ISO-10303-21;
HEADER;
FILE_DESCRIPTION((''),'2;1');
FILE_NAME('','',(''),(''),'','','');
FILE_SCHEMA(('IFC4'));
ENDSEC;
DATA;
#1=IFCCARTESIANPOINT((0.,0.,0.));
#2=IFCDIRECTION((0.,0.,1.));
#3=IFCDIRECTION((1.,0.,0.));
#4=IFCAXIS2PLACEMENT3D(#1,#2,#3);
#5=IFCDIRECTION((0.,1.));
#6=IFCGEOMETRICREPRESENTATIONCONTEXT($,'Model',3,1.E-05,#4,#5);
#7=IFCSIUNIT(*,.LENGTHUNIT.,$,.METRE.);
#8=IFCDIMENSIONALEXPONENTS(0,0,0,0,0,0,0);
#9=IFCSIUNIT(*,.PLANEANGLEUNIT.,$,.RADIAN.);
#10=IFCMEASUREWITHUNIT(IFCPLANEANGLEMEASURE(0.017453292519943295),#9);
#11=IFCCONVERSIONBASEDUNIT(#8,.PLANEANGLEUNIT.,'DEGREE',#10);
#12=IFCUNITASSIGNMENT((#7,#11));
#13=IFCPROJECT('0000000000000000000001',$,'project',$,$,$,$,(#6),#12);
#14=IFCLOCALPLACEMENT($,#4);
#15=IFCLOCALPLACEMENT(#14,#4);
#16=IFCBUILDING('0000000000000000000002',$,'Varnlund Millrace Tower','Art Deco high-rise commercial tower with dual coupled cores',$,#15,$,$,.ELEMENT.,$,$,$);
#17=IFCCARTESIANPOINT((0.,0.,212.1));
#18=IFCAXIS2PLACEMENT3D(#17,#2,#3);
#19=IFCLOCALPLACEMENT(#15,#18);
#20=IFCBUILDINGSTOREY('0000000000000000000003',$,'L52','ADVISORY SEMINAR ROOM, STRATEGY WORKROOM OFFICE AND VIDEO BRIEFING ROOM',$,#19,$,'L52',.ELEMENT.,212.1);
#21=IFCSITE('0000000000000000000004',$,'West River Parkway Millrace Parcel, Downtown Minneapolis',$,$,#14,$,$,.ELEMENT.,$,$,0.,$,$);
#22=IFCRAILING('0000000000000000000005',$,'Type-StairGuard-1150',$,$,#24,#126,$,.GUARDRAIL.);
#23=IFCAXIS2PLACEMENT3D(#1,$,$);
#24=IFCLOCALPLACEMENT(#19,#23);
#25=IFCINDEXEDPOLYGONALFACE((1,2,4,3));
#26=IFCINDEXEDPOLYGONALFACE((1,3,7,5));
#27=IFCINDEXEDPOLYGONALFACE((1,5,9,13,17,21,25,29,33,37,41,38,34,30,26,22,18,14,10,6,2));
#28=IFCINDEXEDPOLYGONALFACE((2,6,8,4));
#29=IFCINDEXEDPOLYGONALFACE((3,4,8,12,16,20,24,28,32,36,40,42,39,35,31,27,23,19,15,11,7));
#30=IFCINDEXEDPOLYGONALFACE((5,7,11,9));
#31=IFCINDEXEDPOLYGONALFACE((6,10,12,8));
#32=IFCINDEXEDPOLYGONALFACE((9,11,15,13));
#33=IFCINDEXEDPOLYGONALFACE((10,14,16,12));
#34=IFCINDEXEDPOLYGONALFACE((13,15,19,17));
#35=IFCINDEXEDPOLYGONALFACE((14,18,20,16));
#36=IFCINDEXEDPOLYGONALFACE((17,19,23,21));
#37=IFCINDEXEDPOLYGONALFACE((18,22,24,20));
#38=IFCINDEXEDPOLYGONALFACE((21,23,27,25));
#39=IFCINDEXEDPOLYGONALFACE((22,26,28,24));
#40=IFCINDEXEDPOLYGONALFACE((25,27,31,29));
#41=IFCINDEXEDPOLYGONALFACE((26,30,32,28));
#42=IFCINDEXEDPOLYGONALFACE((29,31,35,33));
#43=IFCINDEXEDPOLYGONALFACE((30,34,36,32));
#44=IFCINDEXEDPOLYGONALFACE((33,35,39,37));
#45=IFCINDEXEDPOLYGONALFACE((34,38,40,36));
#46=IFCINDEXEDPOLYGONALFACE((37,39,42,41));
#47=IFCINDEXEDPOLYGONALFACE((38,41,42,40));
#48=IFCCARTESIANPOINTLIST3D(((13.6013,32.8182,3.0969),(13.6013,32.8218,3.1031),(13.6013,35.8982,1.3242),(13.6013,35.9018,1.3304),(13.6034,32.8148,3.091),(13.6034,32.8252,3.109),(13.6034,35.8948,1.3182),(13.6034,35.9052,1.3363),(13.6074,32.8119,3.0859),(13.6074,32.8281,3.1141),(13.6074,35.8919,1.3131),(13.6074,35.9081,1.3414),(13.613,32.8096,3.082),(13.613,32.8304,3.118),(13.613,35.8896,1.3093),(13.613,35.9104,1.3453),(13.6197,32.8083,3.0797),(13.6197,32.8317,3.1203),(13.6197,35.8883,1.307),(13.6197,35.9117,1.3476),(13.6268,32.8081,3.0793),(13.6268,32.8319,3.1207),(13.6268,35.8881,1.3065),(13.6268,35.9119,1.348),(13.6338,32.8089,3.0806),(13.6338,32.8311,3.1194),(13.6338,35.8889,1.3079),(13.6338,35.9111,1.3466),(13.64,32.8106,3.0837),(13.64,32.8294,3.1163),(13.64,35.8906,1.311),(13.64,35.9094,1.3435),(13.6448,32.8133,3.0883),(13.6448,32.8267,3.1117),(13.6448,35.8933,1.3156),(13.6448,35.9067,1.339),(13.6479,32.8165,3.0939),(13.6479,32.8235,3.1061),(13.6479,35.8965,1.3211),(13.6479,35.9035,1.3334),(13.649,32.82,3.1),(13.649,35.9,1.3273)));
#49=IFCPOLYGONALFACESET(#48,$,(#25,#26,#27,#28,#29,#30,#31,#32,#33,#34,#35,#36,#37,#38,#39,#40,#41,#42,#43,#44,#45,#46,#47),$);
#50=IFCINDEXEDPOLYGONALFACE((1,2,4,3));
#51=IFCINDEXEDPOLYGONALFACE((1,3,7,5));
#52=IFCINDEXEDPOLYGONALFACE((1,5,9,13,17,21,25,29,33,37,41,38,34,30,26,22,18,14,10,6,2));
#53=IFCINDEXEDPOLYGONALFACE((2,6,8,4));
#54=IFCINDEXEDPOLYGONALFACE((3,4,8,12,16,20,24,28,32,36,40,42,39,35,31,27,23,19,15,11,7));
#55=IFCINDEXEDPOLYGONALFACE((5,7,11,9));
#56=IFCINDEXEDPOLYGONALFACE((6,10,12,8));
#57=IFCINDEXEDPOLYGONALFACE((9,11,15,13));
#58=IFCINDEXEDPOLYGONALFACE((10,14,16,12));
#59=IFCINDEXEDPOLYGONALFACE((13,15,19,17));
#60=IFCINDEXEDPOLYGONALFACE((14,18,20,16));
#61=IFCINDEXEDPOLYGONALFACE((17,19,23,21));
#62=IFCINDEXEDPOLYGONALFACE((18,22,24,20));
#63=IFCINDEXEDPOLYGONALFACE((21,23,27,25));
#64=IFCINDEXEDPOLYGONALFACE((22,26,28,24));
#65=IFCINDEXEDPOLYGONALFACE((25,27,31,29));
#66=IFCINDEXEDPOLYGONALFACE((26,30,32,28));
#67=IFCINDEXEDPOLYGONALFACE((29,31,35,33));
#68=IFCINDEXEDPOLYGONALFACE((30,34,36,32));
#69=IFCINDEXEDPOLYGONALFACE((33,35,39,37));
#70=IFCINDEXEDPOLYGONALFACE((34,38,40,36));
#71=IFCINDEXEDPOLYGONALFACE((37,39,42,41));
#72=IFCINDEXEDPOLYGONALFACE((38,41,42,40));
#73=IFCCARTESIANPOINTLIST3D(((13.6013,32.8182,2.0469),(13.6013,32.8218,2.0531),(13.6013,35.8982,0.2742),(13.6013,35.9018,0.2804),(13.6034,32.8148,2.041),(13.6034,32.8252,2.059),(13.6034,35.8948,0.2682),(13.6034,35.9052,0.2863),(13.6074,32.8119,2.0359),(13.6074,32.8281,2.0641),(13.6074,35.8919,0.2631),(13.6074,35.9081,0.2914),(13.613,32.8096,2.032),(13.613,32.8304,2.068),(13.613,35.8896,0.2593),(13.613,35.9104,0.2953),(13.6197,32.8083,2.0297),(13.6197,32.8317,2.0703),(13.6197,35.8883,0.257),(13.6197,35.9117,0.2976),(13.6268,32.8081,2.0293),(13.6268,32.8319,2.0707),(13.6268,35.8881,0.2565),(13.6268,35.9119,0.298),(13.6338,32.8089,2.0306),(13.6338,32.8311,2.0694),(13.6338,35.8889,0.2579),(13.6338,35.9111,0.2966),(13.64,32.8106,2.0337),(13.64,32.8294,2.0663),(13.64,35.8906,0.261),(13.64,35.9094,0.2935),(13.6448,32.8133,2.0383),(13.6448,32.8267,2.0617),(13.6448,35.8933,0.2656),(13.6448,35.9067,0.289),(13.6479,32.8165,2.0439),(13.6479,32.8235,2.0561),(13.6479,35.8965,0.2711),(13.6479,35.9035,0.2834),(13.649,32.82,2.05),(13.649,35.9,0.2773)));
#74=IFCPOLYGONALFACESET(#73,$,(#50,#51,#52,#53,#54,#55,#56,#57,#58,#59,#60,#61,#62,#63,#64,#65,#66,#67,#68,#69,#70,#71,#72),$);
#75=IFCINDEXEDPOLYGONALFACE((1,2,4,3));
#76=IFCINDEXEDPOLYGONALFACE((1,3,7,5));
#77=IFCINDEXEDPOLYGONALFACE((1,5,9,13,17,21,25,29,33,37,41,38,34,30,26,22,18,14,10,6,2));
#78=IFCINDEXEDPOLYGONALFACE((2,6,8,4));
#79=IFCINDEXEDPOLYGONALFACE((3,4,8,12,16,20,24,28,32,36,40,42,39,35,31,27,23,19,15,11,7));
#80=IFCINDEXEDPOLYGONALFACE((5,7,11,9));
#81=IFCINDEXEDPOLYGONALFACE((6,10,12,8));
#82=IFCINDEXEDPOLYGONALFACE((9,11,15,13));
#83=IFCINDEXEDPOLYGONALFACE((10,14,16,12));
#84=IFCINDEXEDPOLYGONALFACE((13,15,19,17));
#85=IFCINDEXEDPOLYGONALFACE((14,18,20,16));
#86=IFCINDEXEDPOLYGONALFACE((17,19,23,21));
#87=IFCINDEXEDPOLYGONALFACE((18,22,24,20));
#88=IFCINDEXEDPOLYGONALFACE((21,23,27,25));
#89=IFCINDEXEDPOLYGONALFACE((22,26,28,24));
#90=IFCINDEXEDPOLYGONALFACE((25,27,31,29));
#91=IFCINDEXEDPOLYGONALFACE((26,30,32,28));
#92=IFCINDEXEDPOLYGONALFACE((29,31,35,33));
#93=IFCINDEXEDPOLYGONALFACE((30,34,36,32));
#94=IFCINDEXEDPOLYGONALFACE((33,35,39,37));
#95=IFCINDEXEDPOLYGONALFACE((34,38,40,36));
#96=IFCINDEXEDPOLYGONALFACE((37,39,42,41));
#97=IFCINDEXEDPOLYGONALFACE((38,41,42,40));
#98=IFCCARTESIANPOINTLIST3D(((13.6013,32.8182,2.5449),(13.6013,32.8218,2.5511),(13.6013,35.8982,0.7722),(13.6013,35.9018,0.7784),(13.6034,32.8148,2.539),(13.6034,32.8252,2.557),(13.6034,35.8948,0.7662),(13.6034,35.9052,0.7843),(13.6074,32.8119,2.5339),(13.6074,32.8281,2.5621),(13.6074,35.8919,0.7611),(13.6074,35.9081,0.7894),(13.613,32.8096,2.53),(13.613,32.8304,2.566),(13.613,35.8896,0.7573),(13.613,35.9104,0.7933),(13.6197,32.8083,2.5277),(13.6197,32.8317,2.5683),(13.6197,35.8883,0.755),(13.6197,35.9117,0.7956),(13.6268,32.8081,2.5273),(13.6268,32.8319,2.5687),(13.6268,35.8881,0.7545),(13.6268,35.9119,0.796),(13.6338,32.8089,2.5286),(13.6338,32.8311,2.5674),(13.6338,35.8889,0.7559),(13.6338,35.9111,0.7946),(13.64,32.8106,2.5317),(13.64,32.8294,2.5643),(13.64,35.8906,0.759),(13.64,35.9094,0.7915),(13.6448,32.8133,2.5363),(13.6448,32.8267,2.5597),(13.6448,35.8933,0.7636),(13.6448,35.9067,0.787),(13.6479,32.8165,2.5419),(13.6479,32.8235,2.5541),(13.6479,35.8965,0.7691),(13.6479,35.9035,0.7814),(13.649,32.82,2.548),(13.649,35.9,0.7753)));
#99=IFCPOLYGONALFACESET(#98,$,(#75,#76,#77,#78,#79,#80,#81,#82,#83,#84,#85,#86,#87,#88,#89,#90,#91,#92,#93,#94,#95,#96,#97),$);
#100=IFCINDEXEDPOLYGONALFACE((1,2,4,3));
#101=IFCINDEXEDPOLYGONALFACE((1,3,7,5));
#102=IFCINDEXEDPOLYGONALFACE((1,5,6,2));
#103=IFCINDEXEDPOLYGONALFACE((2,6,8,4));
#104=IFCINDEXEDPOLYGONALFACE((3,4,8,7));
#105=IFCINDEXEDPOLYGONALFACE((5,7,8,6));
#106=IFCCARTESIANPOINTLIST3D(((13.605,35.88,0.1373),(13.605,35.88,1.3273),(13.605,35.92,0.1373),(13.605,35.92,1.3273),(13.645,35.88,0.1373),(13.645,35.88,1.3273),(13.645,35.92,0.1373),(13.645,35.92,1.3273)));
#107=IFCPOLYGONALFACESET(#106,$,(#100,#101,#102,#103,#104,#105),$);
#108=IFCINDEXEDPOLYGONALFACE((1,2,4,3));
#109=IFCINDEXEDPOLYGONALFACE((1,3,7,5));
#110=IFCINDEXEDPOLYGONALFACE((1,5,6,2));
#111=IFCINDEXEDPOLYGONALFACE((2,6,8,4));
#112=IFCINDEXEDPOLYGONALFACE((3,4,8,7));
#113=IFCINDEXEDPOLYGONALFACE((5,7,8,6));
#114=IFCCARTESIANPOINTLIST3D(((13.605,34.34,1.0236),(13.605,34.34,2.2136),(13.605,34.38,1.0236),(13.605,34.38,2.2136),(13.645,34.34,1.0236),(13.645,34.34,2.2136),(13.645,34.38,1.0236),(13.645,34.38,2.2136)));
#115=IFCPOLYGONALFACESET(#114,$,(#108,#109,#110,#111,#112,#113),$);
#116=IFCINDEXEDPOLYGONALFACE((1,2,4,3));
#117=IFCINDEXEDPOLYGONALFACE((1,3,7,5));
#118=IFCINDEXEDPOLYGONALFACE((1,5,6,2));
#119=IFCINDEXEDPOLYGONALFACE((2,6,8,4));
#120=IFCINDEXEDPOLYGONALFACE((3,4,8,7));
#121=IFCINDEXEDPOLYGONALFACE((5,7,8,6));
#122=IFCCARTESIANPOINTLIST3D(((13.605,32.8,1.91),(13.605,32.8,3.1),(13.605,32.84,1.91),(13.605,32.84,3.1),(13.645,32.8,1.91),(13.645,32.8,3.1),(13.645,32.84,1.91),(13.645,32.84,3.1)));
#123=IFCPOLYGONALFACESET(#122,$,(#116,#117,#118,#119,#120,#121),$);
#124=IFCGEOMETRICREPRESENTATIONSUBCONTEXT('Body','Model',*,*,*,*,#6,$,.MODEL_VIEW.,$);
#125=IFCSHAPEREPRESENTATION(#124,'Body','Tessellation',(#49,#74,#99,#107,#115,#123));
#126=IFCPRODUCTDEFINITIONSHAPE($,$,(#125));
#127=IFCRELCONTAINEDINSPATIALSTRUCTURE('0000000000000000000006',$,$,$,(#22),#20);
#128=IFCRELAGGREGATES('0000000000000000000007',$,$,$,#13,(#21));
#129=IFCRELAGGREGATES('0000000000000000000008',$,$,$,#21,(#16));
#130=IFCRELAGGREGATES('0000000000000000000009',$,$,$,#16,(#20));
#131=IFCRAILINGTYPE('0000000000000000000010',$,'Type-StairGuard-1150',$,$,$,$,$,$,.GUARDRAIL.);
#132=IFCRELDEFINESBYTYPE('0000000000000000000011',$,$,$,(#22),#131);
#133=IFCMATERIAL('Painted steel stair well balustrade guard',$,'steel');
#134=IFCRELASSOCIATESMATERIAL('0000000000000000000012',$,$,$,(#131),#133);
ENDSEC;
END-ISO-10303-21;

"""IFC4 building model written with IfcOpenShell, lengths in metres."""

from ifc_helpers import new_model, entity, si_unit, converted_unit, direction, frame, origin_with_axes, origin_2d_with_axis, place, context, subcontext, project, spatial, rectangle, circle, extrude, material, type_object, element, save


model = new_model("IFC4")

# Units and contexts
model_context = context("Model", 3, precision=1e-05, world=origin_with_axes(), true_north=direction((0.0, 1.0)))
body_context = subcontext(model_context, "Body", "Model", "MODEL_VIEW")
ifc_project = project(units=[si_unit("LENGTHUNIT", "METRE"), converted_unit("PLANEANGLEUNIT", "DEGREE", entity("IfcPlaneAngleMeasure", 0.017453292519943295), si_unit("PLANEANGLEUNIT", "RADIAN"), dimensions=[0, 0, 0, 0, 0, 0, 0])], contexts=[model_context])

# Site, building, storey
site_placement = place(None, origin_with_axes())
site = spatial("IfcSite", under=ifc_project, at=site_placement, Name="West River Parkway Millrace Parcel, Downtown Minneapolis", CompositionType="ELEMENT", RefElevation=0.0)
building_placement = place(site_placement, origin_with_axes())
building = spatial("IfcBuilding", under=site, at=building_placement, Name="Varnlund Millrace Tower", Description="Art Deco high-rise commercial tower with dual coupled cores", CompositionType="ELEMENT")
storey_placement = place(building_placement, frame((0.0, 0.0, 212.1), z_axis=(0.0, 0.0, 1.0), x_axis=(1.0, 0.0, 0.0)))
storey = spatial("IfcBuildingStorey", under=building, at=storey_placement, Name="L52", Description="ADVISORY SEMINAR ROOM, STRATEGY WORKROOM OFFICE AND VIDEO BRIEFING ROOM", LongName="L52", CompositionType="ELEMENT", Elevation=212.1)

# Railing
ifc_material_1 = material(Name="Painted steel stair well balustrade guard", Category="steel")
railing_type_1 = type_object("IfcRailingType", Name="Type-StairGuard-1150", PredefinedType="GUARDRAIL", material=ifc_material_1)
railing_1_placement = place(storey_placement, frame((0.0, 0.0, -212.1), z_axis=(0.0, 0.0, 1.0), x_axis=(1.0, 0.0, 0.0)))
element("IfcRailing", 1, at=railing_1_placement, inside=storey, type_object=railing_type_1, Name="Type-StairGuard-1150", PredefinedType="GUARDRAIL", context=body_context, shape_type="SweptSolid", body=[
    extrude(circle(Radius=0.024, at=origin_2d_with_axis()), frame((13.625, 35.9, 213.4273), z_axis=(0.0, -0.866696, 0.498836), x_axis=(1.0, 0.0, 0.0)), (0.0, 0.0, 1.0), 3.5537),
    extrude(circle(Radius=0.024, at=origin_2d_with_axis()), frame((13.625, 35.9, 212.3773), z_axis=(0.0, -0.866696, 0.498836), x_axis=(1.0, 0.0, 0.0)), (0.0, 0.0, 1.0), 3.5537),
    extrude(circle(Radius=0.024, at=origin_2d_with_axis()), frame((13.625, 35.9, 212.8753), z_axis=(0.0, -0.866696, 0.498836), x_axis=(1.0, 0.0, 0.0)), (0.0, 0.0, 1.0), 3.5537),
    extrude(rectangle(XDim=0.04, YDim=0.04, at=origin_2d_with_axis()), frame((13.625, 35.9, 212.2373), z_axis=(0.0, 0.0, 1.0), x_axis=(1.0, 0.0, 0.0)), (0.0, 0.0, 1.0), 1.19),
    extrude(rectangle(XDim=0.04, YDim=0.04, at=origin_2d_with_axis()), frame((13.625, 34.36, 213.1236), z_axis=(0.0, 0.0, 1.0), x_axis=(1.0, 0.0, 0.0)), (0.0, 0.0, 1.0), 1.19),
    extrude(rectangle(XDim=0.04, YDim=0.04, at=origin_2d_with_axis()), frame((13.625, 32.82, 214.01), z_axis=(0.0, 0.0, 1.0), x_axis=(1.0, 0.0, 0.0)), (0.0, 0.0, 1.0), 1.19),
])

save(model, "model.ifc")
